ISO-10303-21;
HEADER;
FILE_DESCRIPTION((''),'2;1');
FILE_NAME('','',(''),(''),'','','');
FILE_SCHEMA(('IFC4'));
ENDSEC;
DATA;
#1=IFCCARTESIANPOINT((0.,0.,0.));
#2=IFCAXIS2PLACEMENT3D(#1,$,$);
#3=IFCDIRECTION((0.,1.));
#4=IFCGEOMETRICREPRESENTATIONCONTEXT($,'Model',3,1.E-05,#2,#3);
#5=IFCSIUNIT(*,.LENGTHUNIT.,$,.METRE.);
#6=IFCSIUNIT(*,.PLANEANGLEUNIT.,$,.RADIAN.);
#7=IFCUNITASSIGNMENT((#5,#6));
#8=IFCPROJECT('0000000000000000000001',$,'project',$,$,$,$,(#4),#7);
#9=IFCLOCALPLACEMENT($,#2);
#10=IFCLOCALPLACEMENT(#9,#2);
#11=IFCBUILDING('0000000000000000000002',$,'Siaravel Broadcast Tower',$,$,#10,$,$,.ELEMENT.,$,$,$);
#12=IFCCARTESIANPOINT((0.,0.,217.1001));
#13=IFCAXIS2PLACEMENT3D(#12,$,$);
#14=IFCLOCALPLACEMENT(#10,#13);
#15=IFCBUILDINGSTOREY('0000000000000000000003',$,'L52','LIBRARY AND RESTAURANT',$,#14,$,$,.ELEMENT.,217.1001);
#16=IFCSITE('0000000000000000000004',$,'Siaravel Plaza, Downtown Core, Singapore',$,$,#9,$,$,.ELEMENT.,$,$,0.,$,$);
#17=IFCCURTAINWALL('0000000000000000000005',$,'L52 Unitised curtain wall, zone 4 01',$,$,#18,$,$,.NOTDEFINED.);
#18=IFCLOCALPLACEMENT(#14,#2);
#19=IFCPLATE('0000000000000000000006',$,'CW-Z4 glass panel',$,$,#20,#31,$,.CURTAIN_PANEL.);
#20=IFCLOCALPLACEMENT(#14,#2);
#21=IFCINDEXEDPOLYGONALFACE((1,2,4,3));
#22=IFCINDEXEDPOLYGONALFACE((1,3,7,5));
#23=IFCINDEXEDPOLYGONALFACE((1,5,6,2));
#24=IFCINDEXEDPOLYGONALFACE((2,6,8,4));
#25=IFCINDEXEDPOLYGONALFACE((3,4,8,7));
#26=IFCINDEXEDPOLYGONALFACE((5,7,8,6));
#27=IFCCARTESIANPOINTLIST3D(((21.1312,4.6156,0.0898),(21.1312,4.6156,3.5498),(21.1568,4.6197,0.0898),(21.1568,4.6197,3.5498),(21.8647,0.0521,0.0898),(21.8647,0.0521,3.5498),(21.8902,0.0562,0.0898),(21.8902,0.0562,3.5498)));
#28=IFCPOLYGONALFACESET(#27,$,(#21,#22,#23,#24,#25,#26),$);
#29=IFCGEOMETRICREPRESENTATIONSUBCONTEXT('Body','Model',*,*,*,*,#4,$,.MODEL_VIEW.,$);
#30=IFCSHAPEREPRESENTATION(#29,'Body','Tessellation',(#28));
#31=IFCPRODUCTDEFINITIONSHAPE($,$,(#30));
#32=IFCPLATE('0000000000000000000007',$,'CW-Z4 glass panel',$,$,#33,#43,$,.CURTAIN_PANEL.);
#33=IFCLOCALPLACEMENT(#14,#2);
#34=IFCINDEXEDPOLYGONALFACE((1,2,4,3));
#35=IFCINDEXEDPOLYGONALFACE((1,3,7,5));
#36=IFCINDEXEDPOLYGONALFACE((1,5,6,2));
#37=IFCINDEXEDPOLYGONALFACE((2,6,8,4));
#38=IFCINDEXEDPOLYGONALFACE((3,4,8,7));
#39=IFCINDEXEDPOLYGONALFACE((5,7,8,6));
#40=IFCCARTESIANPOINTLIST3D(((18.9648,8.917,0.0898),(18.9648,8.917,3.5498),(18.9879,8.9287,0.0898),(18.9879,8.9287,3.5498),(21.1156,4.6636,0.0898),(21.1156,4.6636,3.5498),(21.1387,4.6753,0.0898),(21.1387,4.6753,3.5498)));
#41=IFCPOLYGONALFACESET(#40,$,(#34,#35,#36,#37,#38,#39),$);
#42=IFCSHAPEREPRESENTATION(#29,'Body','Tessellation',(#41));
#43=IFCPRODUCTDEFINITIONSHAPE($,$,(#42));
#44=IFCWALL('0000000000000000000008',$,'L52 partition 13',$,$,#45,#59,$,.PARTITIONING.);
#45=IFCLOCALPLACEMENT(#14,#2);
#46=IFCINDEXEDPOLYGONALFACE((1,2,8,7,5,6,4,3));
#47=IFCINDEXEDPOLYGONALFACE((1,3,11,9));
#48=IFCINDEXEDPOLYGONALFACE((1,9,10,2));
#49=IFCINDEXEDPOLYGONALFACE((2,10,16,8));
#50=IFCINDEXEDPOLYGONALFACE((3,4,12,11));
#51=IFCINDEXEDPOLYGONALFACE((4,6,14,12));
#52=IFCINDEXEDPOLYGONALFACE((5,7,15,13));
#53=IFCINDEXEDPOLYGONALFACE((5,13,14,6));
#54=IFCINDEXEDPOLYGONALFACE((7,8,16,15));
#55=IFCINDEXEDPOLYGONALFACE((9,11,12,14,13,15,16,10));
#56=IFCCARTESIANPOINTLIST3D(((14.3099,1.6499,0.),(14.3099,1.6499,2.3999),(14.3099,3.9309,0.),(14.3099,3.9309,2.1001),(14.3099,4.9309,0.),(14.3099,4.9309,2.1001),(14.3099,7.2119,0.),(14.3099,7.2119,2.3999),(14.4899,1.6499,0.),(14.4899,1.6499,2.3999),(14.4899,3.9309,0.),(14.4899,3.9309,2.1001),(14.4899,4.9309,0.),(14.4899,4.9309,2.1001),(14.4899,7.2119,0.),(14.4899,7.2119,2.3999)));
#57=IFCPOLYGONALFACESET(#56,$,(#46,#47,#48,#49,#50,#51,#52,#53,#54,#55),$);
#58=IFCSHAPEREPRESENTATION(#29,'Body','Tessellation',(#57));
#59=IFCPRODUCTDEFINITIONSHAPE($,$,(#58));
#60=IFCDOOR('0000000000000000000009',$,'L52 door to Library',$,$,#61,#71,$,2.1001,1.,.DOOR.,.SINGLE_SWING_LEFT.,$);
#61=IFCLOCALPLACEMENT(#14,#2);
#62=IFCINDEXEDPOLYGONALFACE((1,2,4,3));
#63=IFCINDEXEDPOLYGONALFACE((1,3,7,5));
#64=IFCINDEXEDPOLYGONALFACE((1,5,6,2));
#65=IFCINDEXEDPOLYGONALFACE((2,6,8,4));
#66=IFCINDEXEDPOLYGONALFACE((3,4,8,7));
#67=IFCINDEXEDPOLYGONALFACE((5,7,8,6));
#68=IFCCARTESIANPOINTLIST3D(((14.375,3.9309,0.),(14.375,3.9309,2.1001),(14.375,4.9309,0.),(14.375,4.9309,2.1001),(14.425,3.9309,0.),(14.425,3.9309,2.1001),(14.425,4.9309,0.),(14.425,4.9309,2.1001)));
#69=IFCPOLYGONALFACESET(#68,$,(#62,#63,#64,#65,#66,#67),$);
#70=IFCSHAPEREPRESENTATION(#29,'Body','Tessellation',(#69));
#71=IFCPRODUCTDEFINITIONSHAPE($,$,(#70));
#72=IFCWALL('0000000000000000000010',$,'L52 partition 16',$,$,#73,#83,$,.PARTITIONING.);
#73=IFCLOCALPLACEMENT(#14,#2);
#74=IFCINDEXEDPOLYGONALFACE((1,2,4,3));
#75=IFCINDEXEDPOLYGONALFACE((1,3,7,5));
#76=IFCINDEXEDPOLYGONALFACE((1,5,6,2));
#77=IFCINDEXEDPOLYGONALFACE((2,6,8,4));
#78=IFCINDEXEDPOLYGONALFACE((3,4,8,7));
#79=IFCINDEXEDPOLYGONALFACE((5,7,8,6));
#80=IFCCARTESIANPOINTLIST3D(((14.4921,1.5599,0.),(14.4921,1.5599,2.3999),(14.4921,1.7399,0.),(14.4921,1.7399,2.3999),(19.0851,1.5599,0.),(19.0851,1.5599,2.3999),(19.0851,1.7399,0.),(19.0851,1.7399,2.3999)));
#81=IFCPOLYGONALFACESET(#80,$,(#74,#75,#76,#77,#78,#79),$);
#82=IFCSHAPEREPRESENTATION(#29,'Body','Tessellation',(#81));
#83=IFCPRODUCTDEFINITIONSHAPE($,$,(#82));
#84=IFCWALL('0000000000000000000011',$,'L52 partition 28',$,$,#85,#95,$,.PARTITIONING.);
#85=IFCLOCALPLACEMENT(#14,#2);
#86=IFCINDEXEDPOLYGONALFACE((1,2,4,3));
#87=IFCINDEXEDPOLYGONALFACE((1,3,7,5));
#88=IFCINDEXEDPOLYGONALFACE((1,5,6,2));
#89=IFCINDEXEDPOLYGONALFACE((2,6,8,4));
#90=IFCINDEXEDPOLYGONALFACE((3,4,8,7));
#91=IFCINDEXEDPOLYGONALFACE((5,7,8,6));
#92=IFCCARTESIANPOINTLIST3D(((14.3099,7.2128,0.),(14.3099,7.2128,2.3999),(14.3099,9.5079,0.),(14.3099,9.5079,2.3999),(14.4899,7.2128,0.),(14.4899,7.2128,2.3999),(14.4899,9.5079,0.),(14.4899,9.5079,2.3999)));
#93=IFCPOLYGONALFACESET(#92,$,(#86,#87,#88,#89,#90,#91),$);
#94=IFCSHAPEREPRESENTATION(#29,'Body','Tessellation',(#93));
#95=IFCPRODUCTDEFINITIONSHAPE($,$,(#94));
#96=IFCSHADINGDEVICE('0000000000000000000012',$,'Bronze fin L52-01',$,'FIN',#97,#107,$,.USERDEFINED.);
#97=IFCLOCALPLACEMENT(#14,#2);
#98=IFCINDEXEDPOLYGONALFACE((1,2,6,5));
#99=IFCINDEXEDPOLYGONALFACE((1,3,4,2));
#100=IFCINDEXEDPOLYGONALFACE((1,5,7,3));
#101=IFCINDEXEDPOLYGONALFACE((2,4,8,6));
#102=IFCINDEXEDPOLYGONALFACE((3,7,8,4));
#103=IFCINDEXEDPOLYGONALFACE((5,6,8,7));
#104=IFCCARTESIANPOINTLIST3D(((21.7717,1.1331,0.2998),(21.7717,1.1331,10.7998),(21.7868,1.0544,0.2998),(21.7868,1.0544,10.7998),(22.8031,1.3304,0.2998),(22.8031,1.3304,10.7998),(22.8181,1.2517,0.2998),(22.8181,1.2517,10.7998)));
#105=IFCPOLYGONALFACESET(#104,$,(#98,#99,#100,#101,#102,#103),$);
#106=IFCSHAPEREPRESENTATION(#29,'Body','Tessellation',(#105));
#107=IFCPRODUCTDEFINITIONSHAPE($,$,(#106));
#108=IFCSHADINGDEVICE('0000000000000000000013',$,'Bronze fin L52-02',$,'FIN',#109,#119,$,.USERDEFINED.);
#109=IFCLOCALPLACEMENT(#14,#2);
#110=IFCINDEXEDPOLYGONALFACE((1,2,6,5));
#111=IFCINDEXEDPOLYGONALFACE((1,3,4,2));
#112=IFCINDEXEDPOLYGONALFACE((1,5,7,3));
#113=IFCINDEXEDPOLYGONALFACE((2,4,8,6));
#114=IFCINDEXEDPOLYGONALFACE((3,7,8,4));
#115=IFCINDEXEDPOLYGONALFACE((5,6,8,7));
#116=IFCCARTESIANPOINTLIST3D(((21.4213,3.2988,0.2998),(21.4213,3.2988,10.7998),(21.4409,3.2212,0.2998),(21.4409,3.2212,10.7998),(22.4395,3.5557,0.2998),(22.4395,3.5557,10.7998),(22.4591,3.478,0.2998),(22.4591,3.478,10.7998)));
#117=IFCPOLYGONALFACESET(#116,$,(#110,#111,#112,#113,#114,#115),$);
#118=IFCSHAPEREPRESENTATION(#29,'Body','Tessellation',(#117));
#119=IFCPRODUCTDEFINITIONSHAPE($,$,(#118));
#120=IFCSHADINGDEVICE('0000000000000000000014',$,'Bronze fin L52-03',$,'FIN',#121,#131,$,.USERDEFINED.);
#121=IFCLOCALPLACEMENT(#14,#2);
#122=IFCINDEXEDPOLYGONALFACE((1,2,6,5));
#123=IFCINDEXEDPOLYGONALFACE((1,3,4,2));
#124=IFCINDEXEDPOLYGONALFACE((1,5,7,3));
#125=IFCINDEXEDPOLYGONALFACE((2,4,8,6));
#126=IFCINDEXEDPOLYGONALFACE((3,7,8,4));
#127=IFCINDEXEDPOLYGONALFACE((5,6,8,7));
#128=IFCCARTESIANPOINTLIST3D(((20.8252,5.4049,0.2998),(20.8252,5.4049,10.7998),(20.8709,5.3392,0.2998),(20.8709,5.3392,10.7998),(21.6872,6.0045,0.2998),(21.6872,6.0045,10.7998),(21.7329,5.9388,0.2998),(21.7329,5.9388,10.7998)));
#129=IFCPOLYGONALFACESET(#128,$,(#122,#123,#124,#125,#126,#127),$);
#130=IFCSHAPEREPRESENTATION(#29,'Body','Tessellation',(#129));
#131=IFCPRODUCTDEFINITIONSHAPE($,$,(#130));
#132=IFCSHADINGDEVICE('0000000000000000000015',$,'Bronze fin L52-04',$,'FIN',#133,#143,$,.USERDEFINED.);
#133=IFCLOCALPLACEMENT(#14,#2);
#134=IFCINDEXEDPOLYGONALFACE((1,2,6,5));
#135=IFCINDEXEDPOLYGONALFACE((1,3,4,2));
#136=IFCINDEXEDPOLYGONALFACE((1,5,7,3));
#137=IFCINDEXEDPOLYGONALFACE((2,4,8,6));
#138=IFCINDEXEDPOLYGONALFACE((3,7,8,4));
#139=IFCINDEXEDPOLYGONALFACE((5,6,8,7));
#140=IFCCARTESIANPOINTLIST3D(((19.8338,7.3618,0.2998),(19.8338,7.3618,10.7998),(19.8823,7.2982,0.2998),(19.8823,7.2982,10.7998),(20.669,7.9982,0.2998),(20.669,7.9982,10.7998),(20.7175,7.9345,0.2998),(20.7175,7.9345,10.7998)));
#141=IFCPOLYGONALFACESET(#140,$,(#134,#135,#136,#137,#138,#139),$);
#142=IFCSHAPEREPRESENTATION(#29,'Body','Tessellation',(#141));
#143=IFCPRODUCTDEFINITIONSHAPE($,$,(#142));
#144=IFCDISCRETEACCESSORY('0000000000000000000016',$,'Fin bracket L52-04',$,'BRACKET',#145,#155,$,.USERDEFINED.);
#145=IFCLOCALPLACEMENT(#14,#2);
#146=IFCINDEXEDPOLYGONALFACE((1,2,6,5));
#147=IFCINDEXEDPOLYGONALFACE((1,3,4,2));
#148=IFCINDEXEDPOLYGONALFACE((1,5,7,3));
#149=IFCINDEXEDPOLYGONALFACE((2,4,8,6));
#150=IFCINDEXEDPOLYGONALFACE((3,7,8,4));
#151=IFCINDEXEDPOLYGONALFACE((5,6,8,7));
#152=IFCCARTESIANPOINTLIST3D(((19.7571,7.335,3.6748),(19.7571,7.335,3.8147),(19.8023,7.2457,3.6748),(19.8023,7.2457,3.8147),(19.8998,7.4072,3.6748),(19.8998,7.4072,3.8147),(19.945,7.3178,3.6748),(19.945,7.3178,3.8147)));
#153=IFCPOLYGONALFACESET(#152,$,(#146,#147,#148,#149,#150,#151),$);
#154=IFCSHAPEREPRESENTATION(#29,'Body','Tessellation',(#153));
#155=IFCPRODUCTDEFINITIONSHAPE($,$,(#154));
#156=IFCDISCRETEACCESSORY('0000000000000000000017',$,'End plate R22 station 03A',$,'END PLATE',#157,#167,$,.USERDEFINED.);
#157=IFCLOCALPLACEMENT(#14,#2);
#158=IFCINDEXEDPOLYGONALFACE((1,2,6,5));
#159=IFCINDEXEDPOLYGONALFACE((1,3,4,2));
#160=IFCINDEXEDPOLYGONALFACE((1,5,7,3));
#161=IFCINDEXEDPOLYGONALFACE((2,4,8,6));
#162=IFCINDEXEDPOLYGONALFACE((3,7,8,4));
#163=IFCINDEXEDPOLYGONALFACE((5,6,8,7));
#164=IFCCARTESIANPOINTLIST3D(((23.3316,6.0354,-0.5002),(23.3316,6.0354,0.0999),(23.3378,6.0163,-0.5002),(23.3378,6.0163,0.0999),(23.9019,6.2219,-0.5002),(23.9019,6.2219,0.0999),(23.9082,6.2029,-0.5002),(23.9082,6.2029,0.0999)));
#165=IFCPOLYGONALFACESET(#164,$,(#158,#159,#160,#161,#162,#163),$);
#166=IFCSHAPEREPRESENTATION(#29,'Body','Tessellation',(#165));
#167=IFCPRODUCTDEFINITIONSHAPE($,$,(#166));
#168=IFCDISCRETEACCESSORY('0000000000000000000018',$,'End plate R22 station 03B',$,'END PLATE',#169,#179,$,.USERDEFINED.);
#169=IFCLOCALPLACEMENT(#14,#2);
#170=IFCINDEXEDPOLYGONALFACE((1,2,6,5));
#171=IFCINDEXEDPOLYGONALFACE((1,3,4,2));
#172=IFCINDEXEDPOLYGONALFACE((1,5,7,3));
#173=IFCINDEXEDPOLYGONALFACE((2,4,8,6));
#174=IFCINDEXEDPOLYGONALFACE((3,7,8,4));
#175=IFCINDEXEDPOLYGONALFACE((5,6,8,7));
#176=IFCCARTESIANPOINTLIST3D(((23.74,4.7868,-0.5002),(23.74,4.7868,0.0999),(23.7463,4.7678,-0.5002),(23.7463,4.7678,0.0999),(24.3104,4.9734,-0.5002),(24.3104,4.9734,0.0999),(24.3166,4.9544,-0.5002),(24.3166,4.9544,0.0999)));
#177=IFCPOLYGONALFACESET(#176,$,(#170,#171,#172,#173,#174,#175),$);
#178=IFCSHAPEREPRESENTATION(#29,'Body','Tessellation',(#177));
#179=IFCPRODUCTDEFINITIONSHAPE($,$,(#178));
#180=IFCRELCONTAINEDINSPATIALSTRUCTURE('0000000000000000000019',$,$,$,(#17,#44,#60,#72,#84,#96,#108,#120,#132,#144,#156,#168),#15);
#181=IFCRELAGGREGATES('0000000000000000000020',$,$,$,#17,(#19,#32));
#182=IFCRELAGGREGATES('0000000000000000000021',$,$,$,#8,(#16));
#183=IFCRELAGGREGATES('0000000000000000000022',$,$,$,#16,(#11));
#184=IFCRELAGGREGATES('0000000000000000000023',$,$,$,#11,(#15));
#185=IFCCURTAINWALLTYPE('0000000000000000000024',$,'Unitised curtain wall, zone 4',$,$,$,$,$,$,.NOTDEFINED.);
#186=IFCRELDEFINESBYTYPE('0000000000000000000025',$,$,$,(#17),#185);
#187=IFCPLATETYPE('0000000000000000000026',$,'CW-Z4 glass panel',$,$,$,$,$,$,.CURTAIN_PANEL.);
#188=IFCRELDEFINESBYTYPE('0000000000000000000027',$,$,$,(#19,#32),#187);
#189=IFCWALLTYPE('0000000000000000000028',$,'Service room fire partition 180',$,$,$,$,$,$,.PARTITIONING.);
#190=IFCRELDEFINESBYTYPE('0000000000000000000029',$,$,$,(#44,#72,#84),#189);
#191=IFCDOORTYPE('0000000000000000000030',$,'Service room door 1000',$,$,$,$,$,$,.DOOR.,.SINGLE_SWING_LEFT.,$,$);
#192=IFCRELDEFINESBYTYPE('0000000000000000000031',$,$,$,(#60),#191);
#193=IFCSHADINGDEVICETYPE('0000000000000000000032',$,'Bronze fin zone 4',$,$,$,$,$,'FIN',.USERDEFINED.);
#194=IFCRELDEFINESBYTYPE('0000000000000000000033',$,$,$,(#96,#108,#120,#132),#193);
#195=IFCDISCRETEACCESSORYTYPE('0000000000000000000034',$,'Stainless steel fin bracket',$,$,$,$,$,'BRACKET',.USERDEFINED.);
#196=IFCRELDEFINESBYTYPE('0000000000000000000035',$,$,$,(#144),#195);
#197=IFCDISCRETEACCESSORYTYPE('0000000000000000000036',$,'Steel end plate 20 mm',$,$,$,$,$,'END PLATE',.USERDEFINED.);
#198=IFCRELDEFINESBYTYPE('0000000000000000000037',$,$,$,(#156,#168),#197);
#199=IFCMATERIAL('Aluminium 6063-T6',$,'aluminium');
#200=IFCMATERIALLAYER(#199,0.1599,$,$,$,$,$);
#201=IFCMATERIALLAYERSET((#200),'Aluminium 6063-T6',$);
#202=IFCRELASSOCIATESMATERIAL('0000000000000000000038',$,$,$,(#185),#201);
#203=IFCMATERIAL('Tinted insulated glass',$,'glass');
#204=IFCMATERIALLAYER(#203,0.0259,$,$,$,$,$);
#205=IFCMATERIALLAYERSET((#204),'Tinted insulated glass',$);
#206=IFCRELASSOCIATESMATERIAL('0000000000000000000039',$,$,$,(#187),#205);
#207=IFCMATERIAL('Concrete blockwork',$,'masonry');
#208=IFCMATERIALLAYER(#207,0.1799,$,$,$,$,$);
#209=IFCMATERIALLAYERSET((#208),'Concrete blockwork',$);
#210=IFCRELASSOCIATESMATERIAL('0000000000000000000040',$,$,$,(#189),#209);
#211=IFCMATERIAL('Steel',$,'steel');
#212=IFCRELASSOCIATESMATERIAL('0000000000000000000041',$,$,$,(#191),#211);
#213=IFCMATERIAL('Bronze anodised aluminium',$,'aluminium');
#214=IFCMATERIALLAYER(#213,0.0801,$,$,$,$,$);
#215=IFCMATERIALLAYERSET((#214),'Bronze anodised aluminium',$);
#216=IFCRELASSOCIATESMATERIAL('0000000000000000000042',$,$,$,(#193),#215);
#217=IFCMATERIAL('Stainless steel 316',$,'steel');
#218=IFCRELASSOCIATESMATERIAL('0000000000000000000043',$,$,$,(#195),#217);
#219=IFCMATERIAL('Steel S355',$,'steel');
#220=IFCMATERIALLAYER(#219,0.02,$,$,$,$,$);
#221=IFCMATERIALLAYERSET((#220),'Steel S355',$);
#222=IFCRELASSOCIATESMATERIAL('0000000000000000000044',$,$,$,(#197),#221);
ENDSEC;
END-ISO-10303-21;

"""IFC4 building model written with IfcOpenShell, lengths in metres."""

from ifc_helpers import new_model, si_unit, direction, frame, frame_2d, origin, origin_2d, place, context, subcontext, project, spatial, rectangle, extrude, material, layer, layer_set, type_object, element, fill, aggregate, save


model = new_model("IFC4")

# Units and contexts
model_context = context("Model", 3, precision=1e-05, world=origin(), true_north=direction((0.0, 1.0)))
body_context = subcontext(model_context, "Body", "Model", "MODEL_VIEW")
ifc_project = project(units=[si_unit("LENGTHUNIT", "METRE"), si_unit("PLANEANGLEUNIT", "RADIAN")], contexts=[model_context])

# Site, building, storey
site_placement = place(None, origin())
site = spatial("IfcSite", under=ifc_project, at=site_placement, Name="Siaravel Plaza, Downtown Core, Singapore", CompositionType="ELEMENT", RefElevation=0.0)
building_placement = place(site_placement, origin())
building = spatial("IfcBuilding", under=site, at=building_placement, Name="Siaravel Broadcast Tower", CompositionType="ELEMENT")
storey_placement = place(building_placement, frame((0.0, 0.0, 217.1001)))
storey = spatial("IfcBuildingStorey", under=building, at=storey_placement, Name="L52", Description="LIBRARY AND RESTAURANT", CompositionType="ELEMENT", Elevation=217.1001)

# Shared definitions
ifc_material_1 = material(Name="Steel S355", Category="steel")

# Curtain wall
ifc_material_2 = material(Name="Aluminium 6063-T6", Category="aluminium")
ifc_layer_1 = layer(ifc_material_2, 0.1599)
ifc_layer_set_1 = layer_set([ifc_layer_1], Name="Aluminium 6063-T6")
curtain_wall_type = type_object("IfcCurtainWallType", Name="Unitised curtain wall, zone 4", PredefinedType="NOTDEFINED", material=ifc_layer_set_1)
curtain_wall_placement = place(storey_placement, origin())
curtain_wall = element("IfcCurtainWall", 1, at=curtain_wall_placement, inside=storey, type_object=curtain_wall_type, Name="L52 Unitised curtain wall, zone 4 01", PredefinedType="NOTDEFINED")

# Plates
ifc_material_3 = material(Name="Tinted insulated glass", Category="glass")
ifc_layer_2 = layer(ifc_material_3, 0.0259)
ifc_layer_set_2 = layer_set([ifc_layer_2], Name="Tinted insulated glass")
plate_type = type_object("IfcPlateType", Name="CW-Z4 glass panel", PredefinedType="CURTAIN_PANEL", material=ifc_layer_set_2)
plate_1_placement = place(storey_placement, frame((21.5107, 2.3359, 0.0898), z_axis=(0.0, 0.0, 1.0), x_axis=(-0.158685, 0.987329, 0.0)))
plate_1 = element("IfcPlate", 2, at=plate_1_placement, type_object=plate_type, Name="CW-Z4 glass panel", PredefinedType="CURTAIN_PANEL", context=body_context, shape_type="SweptSolid", body=[
    extrude(rectangle(XDim=4.6221, YDim=0.0259, at=origin_2d()), origin(), (0.0, 0.0, 1.0), 3.46),
])
plate_2_placement = place(storey_placement, frame((20.0518, 6.7961, 0.0898), z_axis=(0.0, 0.0, 1.0), x_axis=(-0.45126, 0.892393, 0.0)))
plate_2 = element("IfcPlate", 3, at=plate_2_placement, type_object=plate_type, Name="CW-Z4 glass panel", PredefinedType="CURTAIN_PANEL", context=body_context, shape_type="SweptSolid", body=[
    extrude(rectangle(XDim=4.7664, YDim=0.0259, at=origin_2d()), origin(), (0.0, 0.0, 1.0), 3.46),
])
aggregate(curtain_wall, [plate_1, plate_2])

# Wall, opening, door
ifc_material_4 = material(Name="Concrete blockwork", Category="masonry")
ifc_layer_3 = layer(ifc_material_4, 0.1799)
ifc_layer_set_3 = layer_set([ifc_layer_3], Name="Concrete blockwork")
wall_type = type_object("IfcWallType", Name="Service room fire partition 180", PredefinedType="PARTITIONING", material=ifc_layer_set_3)
wall_1_placement = place(storey_placement, frame((14.3999, 1.6499, 0.0), z_axis=(0.0, 0.0, 1.0), x_axis=(0.0, 1.0, 0.0)))
wall_1 = element("IfcWall", 4, at=wall_1_placement, inside=storey, type_object=wall_type, Name="L52 partition 13", PredefinedType="PARTITIONING", context=body_context, shape_type="SweptSolid", body=[
    extrude(rectangle(XDim=5.562, YDim=0.1799, at=frame_2d((2.781, 0.0))), origin(), (0.0, 0.0, 1.0), 2.3999),
])
opening_placement = place(wall_1_placement, frame((2.281, 0.0, 0.0)))
opening = element("IfcOpeningElement", 5, at=opening_placement, cuts=wall_1, PredefinedType="OPENING", context=body_context, shape_type="SweptSolid", body=[
    extrude(rectangle(XDim=1.0, YDim=2.1001, at=frame_2d((0.5, 1.05))), frame((0.0, 0.0999, 0.0), z_axis=(0.0, -1.0, 0.0), x_axis=(1.0, 0.0, 0.0)), (0.0, 0.0, 1.0), 0.2),
])
ifc_material_5 = material(Name="Steel", Category="steel")
door_type = type_object("IfcDoorType", Name="Service room door 1000", OperationType="SINGLE_SWING_LEFT", PredefinedType="DOOR", material=ifc_material_5)
door_placement = place(opening_placement, origin())
door = element("IfcDoor", 6, at=door_placement, inside=storey, type_object=door_type, Name="L52 door to Library", OperationType="SINGLE_SWING_LEFT", OverallHeight=2.1001, OverallWidth=1.0, PredefinedType="DOOR", context=body_context, shape_type="SweptSolid", body=[
    extrude(rectangle(XDim=1.0, YDim=2.1001, at=frame_2d((0.5, 1.05))), frame((0.0, 0.0249, 0.0), z_axis=(0.0, -1.0, 0.0), x_axis=(1.0, 0.0, 0.0)), (0.0, 0.0, 1.0), 0.05),
])
fill(opening, door)

# Walls
wall_2_placement = place(storey_placement, frame((19.085, 1.6499, 0.0), z_axis=(0.0, 0.0, 1.0), x_axis=(-1.0, 0.0, 0.0)))
element("IfcWall", 7, at=wall_2_placement, inside=storey, type_object=wall_type, Name="L52 partition 16", PredefinedType="PARTITIONING", context=body_context, shape_type="SweptSolid", body=[
    extrude(rectangle(XDim=4.593, YDim=0.1799, at=frame_2d((2.2964, 0.0))), origin(), (0.0, 0.0, 1.0), 2.3999),
])
wall_3_placement = place(storey_placement, frame((14.3999, 7.2129, 0.0), z_axis=(0.0, 0.0, 1.0), x_axis=(0.0, 1.0, 0.0)))
element("IfcWall", 8, at=wall_3_placement, inside=storey, type_object=wall_type, Name="L52 partition 28", PredefinedType="PARTITIONING", context=body_context, shape_type="SweptSolid", body=[
    extrude(rectangle(XDim=2.2952, YDim=0.1799, at=frame_2d((1.1475, 0.0))), origin(), (0.0, 0.0, 1.0), 2.3999),
])

# Shading devices
ifc_material_6 = material(Name="Bronze anodised aluminium", Category="aluminium")
ifc_layer_4 = layer(ifc_material_6, 0.0801)
ifc_layer_set_4 = layer_set([ifc_layer_4], Name="Bronze anodised aluminium")
shading_device_type = type_object("IfcShadingDeviceType", Name="Bronze fin zone 4", ElementType="FIN", PredefinedType="USERDEFINED", material=ifc_layer_set_4)
for number, where, z_axis, x_axis, name in (
    (9, (22.2949, 1.1924, 0.2998), (0.0, 0.0, 1.0), (0.982191, 0.187887, 0.0), "Bronze fin L52-01"),
    (10, (21.9402, 3.3884, 0.2998), (0.0, 0.0, 1.0), (0.969632, 0.244568, 0.0), "Bronze fin L52-02"),
    (11, (21.2791, 5.6719, 0.2998), (0.0, 0.0, 1.0), (0.820939, 0.571016, 0.0), "Bronze fin L52-03"),
    (12, (20.2756, 7.6482, 0.2998), (0.0, 0.0, 1.0), (0.795426, 0.606051, 0.0), "Bronze fin L52-04"),
):
    element("IfcShadingDevice", number, at=place(storey_placement, frame(where, z_axis=z_axis, x_axis=x_axis)), inside=storey, type_object=shading_device_type, Name=name, ObjectType="FIN", PredefinedType="USERDEFINED", context=body_context, shape_type="SweptSolid", body=[
        extrude(rectangle(XDim=1.05, YDim=0.0801, at=origin_2d()), origin(), (0.0, 0.0, 1.0), 10.5),
    ])

# Discrete accessories
ifc_material_7 = material(Name="Stainless steel 316", Category="steel")
discrete_accessory_type_1 = type_object("IfcDiscreteAccessoryType", Name="Stainless steel fin bracket", ElementType="BRACKET", PredefinedType="USERDEFINED", material=ifc_material_7)
discrete_accessory_placement = place(storey_placement, frame((19.8511, 7.3264, 3.6748), z_axis=(0.0, 0.0, 1.0), x_axis=(0.892393, 0.451259, 0.0)))
element("IfcDiscreteAccessory", 13, at=discrete_accessory_placement, inside=storey, type_object=discrete_accessory_type_1, Name="Fin bracket L52-04", ObjectType="BRACKET", PredefinedType="USERDEFINED", context=body_context, shape_type="SweptSolid", body=[
    extrude(rectangle(XDim=0.1599, YDim=0.1001, at=origin_2d()), origin(), (0.0, 0.0, 1.0), 0.1399),
])
ifc_layer_5 = layer(ifc_material_1, 0.02)
ifc_layer_set_5 = layer_set([ifc_layer_5], Name="Steel S355")
discrete_accessory_type_2 = type_object("IfcDiscreteAccessoryType", Name="Steel end plate 20 mm", ElementType="END PLATE", PredefinedType="USERDEFINED", material=ifc_layer_set_5)
for number, where, z_axis, x_axis, name in (
    (14, (23.6199, 6.1191, -0.5002), (0.0, 0.0, 1.0), (-0.31091, 0.950439, 0.0), "End plate R22 station 03A"),
    (15, (24.0283, 4.8706, -0.5002), (0.0, 0.0, 1.0), (-0.31091, 0.950439, 0.0), "End plate R22 station 03B"),
):
    element("IfcDiscreteAccessory", number, at=place(storey_placement, frame(where, z_axis=z_axis, x_axis=x_axis)), inside=storey, type_object=discrete_accessory_type_2, Name=name, ObjectType="END PLATE", PredefinedType="USERDEFINED", context=body_context, shape_type="SweptSolid", body=[
        extrude(rectangle(XDim=0.02, YDim=0.6001, at=origin_2d()), origin(), (0.0, 0.0, 1.0), 0.6001),
    ])

save(model, "model.ifc")
